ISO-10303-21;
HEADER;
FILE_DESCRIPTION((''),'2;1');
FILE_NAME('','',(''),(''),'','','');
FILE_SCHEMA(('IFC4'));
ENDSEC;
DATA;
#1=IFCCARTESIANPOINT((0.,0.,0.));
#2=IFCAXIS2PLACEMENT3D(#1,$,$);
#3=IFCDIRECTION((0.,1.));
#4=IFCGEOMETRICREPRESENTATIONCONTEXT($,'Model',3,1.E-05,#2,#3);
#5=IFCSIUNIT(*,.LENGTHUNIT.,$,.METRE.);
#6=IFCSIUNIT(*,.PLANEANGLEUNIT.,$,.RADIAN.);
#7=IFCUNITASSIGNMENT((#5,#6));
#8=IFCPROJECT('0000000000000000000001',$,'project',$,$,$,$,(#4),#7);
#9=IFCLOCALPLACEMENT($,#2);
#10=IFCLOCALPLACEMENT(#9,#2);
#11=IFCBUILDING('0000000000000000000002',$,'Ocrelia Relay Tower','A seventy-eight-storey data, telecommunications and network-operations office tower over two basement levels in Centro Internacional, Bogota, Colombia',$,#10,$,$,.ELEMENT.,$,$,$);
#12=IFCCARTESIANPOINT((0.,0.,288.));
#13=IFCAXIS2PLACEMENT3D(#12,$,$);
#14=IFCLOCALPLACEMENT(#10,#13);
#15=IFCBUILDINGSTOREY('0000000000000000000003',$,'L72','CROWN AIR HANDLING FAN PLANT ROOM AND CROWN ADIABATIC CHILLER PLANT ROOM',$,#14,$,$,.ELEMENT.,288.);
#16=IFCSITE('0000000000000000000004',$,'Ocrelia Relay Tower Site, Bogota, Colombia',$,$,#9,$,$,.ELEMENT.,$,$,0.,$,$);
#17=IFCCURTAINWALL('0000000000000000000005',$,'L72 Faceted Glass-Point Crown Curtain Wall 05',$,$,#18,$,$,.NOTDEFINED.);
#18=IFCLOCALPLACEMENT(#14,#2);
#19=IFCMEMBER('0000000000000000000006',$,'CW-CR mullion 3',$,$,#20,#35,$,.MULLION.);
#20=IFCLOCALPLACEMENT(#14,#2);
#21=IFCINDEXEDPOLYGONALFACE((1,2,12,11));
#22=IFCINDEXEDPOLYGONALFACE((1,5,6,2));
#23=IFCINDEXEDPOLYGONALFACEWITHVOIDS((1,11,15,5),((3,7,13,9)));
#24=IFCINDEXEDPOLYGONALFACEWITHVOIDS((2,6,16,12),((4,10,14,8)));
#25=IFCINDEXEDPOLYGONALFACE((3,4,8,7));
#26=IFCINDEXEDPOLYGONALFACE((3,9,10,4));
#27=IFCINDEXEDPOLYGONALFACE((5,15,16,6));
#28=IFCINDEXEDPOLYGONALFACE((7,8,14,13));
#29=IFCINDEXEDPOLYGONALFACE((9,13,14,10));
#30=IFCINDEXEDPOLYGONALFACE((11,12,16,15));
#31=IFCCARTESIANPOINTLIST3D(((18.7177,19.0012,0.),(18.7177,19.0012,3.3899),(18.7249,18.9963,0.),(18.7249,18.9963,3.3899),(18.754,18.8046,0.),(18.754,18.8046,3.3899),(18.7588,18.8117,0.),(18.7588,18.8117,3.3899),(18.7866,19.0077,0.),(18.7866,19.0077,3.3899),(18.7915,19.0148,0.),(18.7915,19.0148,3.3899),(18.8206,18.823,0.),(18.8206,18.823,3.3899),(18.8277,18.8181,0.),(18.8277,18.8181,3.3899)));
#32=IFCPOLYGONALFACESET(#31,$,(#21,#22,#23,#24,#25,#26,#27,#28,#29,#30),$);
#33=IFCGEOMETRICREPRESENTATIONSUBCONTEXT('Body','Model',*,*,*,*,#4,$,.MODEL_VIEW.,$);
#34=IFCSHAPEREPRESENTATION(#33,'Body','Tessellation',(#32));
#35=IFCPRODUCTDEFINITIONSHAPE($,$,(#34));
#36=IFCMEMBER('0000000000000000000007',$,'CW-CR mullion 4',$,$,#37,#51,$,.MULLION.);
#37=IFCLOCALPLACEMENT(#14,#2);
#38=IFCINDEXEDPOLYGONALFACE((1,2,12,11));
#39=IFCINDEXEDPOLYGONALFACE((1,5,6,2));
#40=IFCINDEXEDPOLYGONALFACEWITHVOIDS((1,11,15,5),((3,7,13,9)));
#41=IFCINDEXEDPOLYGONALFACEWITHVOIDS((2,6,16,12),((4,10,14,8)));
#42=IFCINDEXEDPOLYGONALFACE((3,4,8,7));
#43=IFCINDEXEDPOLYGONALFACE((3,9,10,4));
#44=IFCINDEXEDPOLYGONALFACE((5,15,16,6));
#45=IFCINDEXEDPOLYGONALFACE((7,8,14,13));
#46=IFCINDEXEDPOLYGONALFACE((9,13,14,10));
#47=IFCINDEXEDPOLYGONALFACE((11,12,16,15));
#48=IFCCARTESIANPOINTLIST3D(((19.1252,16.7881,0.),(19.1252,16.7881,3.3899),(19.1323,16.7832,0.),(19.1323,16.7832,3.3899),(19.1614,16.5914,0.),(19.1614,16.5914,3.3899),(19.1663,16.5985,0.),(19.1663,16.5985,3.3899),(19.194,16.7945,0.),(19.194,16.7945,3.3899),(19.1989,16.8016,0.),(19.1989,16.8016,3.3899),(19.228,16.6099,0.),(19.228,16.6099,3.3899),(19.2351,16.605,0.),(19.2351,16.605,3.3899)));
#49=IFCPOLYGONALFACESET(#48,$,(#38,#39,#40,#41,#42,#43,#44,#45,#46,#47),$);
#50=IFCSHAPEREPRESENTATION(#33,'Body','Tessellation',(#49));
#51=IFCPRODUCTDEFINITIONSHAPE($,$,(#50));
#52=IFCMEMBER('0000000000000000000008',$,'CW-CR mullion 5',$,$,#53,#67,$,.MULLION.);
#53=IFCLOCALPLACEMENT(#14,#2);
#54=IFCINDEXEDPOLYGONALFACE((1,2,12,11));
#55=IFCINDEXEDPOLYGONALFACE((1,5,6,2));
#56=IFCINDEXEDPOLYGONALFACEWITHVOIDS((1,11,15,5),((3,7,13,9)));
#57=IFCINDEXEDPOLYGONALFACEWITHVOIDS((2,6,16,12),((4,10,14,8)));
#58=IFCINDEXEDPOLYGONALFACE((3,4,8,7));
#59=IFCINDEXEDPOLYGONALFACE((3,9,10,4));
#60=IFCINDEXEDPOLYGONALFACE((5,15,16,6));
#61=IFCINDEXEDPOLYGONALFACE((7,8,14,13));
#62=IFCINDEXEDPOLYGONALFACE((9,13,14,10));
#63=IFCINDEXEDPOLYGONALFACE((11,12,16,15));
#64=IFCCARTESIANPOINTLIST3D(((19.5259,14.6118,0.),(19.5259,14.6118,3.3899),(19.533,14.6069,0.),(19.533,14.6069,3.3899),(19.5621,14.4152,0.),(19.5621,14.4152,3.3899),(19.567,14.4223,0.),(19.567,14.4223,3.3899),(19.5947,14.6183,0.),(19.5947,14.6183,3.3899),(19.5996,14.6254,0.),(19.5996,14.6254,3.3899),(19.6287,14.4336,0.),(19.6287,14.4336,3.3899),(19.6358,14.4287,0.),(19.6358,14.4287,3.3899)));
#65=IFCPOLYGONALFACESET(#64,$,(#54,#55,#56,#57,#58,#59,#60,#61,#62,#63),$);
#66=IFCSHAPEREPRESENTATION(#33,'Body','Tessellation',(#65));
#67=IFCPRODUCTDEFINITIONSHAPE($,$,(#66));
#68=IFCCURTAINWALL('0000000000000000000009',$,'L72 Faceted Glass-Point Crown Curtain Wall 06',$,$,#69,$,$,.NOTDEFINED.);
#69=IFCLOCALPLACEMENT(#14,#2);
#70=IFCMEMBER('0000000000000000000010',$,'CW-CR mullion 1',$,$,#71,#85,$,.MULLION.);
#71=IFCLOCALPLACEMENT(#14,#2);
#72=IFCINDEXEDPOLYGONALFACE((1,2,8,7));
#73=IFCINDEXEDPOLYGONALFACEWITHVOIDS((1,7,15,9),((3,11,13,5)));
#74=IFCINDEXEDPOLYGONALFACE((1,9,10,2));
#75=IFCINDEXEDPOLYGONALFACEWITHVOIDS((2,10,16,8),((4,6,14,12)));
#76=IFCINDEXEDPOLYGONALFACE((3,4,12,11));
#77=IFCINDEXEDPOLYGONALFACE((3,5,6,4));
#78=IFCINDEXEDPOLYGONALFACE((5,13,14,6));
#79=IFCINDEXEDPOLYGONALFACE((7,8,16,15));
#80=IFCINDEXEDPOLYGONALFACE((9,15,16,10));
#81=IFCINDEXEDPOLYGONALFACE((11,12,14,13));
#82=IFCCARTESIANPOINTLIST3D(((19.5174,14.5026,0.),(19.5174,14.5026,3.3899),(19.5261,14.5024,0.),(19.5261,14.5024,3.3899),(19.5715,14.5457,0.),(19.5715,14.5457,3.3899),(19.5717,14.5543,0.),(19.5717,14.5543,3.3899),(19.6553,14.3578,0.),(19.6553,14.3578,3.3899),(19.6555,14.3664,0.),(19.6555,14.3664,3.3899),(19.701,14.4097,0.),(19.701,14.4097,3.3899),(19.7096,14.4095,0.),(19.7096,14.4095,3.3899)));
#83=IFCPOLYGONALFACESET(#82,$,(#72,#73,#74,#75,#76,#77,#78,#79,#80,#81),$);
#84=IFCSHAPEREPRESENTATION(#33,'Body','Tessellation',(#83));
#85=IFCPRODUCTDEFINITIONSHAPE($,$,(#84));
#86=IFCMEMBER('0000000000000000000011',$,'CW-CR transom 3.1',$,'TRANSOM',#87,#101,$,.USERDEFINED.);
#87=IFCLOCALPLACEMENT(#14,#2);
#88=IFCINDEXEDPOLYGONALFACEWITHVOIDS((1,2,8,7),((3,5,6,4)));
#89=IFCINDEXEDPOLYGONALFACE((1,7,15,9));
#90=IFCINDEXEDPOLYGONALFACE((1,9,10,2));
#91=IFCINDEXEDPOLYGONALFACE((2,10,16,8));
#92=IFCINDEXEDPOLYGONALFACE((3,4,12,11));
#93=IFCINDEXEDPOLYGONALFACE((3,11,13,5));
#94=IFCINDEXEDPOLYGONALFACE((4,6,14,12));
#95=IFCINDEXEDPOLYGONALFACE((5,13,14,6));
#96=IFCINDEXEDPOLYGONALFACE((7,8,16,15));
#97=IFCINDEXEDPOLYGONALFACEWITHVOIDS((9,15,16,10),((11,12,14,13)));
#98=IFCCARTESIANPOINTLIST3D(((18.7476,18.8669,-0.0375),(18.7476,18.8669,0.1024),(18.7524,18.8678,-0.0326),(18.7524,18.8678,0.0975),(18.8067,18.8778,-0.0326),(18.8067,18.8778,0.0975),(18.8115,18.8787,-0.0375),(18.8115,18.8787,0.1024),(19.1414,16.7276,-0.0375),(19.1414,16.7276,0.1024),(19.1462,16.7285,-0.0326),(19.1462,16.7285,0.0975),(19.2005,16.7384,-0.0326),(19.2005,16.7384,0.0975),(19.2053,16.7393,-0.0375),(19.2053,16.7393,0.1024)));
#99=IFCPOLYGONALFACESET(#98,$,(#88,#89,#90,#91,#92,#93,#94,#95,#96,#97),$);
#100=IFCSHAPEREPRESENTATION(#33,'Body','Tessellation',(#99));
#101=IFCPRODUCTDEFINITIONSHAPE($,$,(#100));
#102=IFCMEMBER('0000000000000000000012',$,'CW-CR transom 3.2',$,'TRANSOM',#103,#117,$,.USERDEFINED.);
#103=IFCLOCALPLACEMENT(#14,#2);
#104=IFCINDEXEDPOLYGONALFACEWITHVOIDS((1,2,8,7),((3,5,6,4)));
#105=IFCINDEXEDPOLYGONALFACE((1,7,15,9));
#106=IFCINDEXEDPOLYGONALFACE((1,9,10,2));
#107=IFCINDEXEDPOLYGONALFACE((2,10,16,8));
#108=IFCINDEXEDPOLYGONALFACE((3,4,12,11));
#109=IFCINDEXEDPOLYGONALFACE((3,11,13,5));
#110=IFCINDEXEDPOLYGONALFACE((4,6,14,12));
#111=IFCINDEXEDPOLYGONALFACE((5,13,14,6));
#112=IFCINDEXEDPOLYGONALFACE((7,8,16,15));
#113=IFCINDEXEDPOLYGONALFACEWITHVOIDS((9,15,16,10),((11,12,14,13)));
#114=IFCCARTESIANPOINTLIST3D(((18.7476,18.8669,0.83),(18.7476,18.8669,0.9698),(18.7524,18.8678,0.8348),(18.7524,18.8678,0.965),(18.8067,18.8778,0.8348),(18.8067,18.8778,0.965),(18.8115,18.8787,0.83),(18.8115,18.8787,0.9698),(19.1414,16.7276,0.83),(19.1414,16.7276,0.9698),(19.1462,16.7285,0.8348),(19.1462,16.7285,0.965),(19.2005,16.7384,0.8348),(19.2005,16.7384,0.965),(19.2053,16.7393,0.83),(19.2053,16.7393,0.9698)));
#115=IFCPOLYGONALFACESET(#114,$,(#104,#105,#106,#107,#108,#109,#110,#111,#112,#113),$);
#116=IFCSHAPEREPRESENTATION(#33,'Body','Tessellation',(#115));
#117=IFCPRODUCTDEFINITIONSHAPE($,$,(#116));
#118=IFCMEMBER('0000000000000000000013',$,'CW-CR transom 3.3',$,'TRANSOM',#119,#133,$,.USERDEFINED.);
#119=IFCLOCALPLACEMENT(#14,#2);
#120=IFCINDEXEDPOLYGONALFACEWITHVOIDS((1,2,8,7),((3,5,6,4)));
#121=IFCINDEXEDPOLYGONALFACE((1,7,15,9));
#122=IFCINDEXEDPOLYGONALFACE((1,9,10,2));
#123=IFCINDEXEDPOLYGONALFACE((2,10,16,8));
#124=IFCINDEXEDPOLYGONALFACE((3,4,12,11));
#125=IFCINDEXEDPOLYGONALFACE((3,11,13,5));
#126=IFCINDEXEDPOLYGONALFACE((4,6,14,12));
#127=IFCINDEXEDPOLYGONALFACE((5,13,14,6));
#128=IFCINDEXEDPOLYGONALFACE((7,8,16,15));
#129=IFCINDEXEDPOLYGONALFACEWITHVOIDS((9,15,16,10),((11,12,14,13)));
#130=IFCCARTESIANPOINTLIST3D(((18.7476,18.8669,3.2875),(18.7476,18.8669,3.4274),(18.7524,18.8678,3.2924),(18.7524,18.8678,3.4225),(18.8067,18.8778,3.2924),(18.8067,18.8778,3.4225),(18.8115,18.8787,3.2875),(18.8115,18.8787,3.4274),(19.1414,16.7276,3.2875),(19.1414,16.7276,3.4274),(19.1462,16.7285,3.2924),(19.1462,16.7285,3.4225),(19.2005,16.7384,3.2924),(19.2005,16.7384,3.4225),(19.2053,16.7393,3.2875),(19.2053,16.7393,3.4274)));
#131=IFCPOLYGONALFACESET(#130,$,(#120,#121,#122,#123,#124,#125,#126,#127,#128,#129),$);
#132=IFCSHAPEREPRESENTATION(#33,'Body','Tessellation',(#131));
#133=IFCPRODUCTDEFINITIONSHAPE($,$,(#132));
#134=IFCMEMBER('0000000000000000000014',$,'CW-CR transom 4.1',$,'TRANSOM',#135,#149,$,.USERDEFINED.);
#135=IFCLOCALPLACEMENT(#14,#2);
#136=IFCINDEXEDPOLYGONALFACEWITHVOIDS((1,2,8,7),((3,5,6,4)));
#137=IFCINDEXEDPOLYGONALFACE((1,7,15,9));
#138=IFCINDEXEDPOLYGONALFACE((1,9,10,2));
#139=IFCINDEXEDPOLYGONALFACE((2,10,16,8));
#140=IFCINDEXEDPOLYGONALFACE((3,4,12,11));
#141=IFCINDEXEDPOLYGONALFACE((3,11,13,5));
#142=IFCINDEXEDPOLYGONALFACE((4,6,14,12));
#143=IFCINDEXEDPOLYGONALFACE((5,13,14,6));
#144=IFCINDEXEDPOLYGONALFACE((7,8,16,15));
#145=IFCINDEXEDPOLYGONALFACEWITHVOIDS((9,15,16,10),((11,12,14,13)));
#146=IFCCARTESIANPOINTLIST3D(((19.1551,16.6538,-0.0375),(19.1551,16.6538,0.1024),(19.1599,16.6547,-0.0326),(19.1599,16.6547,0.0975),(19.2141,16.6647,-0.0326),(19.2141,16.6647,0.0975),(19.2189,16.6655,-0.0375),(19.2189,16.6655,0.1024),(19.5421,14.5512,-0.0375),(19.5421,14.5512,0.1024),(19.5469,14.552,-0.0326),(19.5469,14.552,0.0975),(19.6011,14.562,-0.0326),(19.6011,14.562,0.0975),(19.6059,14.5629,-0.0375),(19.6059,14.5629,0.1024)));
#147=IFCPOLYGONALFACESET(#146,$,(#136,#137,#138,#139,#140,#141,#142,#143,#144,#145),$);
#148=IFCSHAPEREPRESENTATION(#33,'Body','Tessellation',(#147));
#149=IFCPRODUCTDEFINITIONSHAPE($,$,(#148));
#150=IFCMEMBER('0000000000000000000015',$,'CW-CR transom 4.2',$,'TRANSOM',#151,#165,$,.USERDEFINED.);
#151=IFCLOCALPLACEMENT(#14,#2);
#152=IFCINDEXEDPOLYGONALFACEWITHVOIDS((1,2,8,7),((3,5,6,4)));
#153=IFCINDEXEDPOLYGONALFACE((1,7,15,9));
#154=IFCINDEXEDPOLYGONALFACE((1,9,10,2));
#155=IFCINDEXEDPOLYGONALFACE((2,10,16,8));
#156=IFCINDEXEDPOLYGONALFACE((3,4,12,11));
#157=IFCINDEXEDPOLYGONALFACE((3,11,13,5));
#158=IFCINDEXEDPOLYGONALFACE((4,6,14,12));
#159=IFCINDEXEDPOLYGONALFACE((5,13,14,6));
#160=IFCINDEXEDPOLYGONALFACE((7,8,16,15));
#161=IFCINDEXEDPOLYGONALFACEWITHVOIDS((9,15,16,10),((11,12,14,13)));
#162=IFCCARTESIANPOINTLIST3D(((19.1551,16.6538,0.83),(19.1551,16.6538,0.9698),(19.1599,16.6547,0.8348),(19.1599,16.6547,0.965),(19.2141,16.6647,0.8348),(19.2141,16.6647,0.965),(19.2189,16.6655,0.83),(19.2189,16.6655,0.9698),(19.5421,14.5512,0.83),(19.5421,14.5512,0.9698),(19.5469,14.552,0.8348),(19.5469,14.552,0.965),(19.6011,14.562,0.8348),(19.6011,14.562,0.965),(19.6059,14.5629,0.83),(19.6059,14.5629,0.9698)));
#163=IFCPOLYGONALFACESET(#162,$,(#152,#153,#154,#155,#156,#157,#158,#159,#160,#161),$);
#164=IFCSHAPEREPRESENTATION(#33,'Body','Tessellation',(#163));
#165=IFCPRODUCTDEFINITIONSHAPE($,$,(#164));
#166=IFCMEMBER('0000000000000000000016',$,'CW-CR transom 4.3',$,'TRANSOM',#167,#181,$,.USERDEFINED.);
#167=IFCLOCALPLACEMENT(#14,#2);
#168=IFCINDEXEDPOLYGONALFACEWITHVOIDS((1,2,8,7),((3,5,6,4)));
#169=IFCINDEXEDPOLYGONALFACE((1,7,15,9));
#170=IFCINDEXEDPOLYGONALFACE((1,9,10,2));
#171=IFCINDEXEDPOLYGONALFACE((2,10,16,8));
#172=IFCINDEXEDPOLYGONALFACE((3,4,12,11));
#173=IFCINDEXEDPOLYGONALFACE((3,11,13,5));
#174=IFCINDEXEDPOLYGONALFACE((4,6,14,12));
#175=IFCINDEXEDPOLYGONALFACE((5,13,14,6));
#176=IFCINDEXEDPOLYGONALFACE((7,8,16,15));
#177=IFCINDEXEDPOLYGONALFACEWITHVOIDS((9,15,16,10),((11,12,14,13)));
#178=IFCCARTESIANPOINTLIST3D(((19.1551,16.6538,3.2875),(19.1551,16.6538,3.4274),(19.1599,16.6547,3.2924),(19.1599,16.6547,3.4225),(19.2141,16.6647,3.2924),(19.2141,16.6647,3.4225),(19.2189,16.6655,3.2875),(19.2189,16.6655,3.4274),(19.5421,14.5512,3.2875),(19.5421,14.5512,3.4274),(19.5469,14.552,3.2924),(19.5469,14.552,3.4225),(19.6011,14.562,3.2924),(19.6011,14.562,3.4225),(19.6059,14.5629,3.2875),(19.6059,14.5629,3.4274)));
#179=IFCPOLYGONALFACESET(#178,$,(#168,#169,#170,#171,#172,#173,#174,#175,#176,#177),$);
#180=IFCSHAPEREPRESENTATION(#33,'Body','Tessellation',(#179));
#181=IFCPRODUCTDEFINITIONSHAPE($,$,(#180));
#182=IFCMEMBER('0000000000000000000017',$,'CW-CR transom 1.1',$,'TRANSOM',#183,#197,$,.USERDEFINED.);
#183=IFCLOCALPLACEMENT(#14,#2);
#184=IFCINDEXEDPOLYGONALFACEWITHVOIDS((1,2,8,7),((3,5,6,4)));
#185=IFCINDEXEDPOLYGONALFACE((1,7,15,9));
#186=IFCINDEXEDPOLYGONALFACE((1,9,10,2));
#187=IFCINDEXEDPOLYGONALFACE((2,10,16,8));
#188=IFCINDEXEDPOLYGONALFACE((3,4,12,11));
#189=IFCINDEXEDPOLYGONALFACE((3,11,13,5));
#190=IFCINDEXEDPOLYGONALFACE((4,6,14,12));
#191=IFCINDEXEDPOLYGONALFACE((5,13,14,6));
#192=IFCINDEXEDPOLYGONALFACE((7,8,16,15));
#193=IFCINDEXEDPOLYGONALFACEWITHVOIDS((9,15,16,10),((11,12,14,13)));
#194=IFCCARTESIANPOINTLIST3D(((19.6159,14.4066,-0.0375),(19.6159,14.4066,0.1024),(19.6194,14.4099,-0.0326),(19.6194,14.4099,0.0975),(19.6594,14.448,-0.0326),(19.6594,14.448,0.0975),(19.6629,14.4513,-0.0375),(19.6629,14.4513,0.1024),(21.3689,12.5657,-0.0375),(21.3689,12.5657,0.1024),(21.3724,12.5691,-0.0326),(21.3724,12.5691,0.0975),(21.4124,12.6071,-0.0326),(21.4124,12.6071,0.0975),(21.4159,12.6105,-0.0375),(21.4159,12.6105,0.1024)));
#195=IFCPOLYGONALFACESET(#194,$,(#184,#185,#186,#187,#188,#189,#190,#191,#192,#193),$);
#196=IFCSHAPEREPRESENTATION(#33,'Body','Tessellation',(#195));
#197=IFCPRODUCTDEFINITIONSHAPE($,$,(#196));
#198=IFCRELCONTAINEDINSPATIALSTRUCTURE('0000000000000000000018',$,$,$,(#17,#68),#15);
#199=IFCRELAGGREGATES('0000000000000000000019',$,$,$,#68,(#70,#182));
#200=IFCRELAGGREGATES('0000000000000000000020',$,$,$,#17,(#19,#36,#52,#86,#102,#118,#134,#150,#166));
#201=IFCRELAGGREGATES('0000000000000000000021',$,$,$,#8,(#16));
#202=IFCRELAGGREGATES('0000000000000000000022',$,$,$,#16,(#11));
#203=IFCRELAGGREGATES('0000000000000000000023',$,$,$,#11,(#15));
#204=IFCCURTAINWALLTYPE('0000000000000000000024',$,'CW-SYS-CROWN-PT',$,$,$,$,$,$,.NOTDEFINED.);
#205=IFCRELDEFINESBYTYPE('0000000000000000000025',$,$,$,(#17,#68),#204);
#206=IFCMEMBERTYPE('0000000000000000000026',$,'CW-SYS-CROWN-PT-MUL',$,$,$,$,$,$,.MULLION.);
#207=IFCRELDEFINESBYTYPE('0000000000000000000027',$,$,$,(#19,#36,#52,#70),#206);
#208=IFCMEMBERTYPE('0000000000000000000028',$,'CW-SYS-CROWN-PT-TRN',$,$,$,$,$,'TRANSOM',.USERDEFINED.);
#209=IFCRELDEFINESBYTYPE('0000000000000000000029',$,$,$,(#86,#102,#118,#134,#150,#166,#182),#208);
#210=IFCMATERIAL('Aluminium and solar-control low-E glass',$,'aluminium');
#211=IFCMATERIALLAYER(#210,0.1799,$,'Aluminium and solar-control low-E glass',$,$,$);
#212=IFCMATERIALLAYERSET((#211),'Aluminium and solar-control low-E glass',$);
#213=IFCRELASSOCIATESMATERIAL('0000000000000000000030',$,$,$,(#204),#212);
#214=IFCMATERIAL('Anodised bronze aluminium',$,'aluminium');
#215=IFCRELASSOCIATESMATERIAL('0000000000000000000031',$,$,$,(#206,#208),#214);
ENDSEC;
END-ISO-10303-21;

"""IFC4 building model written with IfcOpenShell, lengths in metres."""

from ifc_helpers import new_model, si_unit, direction, frame, origin, origin_2d, place, context, subcontext, project, spatial, hollow_rectangle, extrude, material, layer, layer_set, material_profile, profile_set, type_object, element, aggregate, save


model = new_model("IFC4")

# Units and contexts
model_context = context("Model", 3, precision=1e-05, world=origin(), true_north=direction((0.0, 1.0)))
body_context = subcontext(model_context, "Body", "Model", "MODEL_VIEW")
ifc_project = project(units=[si_unit("LENGTHUNIT", "METRE"), si_unit("PLANEANGLEUNIT", "RADIAN")], contexts=[model_context])

# Site, building, storey
site_placement = place(None, origin())
site = spatial("IfcSite", under=ifc_project, at=site_placement, Name="Ocrelia Relay Tower Site, Bogota, Colombia", CompositionType="ELEMENT", RefElevation=0.0)
building_placement = place(site_placement, origin())
building = spatial("IfcBuilding", under=site, at=building_placement, Name="Ocrelia Relay Tower", Description="A seventy-eight-storey data, telecommunications and network-operations office tower over two basement levels in Centro Internacional, Bogota, Colombia", CompositionType="ELEMENT")
storey_placement = place(building_placement, frame((0.0, 0.0, 288.0)))
storey = spatial("IfcBuildingStorey", under=building, at=storey_placement, Name="L72", Description="CROWN AIR HANDLING FAN PLANT ROOM AND CROWN ADIABATIC CHILLER PLANT ROOM", CompositionType="ELEMENT", Elevation=288.0)

# Curtain wall, members
ifc_material_1 = material(Name="Aluminium and solar-control low-E glass", Category="aluminium")
ifc_layer_1 = layer(ifc_material_1, 0.1799, Name="Aluminium and solar-control low-E glass")
ifc_layer_set_1 = layer_set([ifc_layer_1], Name="Aluminium and solar-control low-E glass")
curtain_wall_type = type_object("IfcCurtainWallType", Name="CW-SYS-CROWN-PT", PredefinedType="NOTDEFINED", material=ifc_layer_set_1)
curtain_wall_1_placement = place(storey_placement, origin())
curtain_wall_1 = element("IfcCurtainWall", 1, at=curtain_wall_1_placement, inside=storey, type_object=curtain_wall_type, Name="L72 Faceted Glass-Point Crown Curtain Wall 05", PredefinedType="NOTDEFINED")
ifc_material_2 = material(Name="Anodised bronze aluminium", Category="aluminium")
ifc_material_profile_1 = material_profile(ifc_material_2, hollow_rectangle(XDim=0.075, YDim=0.2, WallThickness=0.0061, at=origin_2d()), Name="CW-MUL-200x75")
ifc_profile_set_1 = profile_set([ifc_material_profile_1], Name="Anodised bronze aluminium")
member_type_1 = type_object("IfcMemberType", Name="CW-SYS-CROWN-PT-MUL", PredefinedType="MULLION", material=ifc_profile_set_1)
member_1_placement = place(storey_placement, frame((18.7727, 18.9097, 0.0), z_axis=(0.0, 0.0, 1.0), x_axis=(0.983471, 0.181068, 0.0)))
member_1 = element("IfcMember", 2, at=member_1_placement, type_object=member_type_1, Name="CW-CR mullion 3", PredefinedType="MULLION", context=body_context, shape_type="SweptSolid", body=[
    extrude(hollow_rectangle(XDim=0.075, YDim=0.2, WallThickness=0.0061, at=origin_2d()), origin(), (0.0, 0.0, 1.0), 3.3899),
])
member_2_placement = place(storey_placement, frame((19.1802, 16.6965, 0.0), z_axis=(0.0, 0.0, 1.0), x_axis=(0.983471, 0.181068, 0.0)))
member_2 = element("IfcMember", 3, at=member_2_placement, type_object=member_type_1, Name="CW-CR mullion 4", PredefinedType="MULLION", context=body_context, shape_type="SweptSolid", body=[
    extrude(hollow_rectangle(XDim=0.075, YDim=0.2, WallThickness=0.0061, at=origin_2d()), origin(), (0.0, 0.0, 1.0), 3.3899),
])
member_3_placement = place(storey_placement, frame((19.5808, 14.5203, 0.0), z_axis=(0.0, 0.0, 1.0), x_axis=(0.983471, 0.181068, 0.0)))
member_3 = element("IfcMember", 4, at=member_3_placement, type_object=member_type_1, Name="CW-CR mullion 5", PredefinedType="MULLION", context=body_context, shape_type="SweptSolid", body=[
    extrude(hollow_rectangle(XDim=0.075, YDim=0.2, WallThickness=0.0061, at=origin_2d()), origin(), (0.0, 0.0, 1.0), 3.3899),
])

# Curtain wall, member
curtain_wall_2_placement = place(storey_placement, origin())
curtain_wall_2 = element("IfcCurtainWall", 5, at=curtain_wall_2_placement, inside=storey, type_object=curtain_wall_type, Name="L72 Faceted Glass-Point Crown Curtain Wall 06", PredefinedType="NOTDEFINED")
member_4_placement = place(storey_placement, frame((19.6135, 14.4561, 0.0), z_axis=(0.0, 0.0, 1.0), x_axis=(0.724175, 0.689617, 0.0)))
member_4 = element("IfcMember", 6, at=member_4_placement, type_object=member_type_1, Name="CW-CR mullion 1", PredefinedType="MULLION", context=body_context, shape_type="SweptSolid", body=[
    extrude(hollow_rectangle(XDim=0.075, YDim=0.2, WallThickness=0.0061, at=origin_2d()), origin(), (0.0, 0.0, 1.0), 3.3899),
])

# Members
ifc_material_profile_2 = material_profile(ifc_material_2, hollow_rectangle(XDim=0.0649, YDim=0.1399, WallThickness=0.0049, at=origin_2d()), Name="CW-TRN-140x65")
ifc_profile_set_2 = profile_set([ifc_material_profile_2], Name="Anodised bronze aluminium")
member_type_2 = type_object("IfcMemberType", Name="CW-SYS-CROWN-PT-TRN", ElementType="TRANSOM", PredefinedType="USERDEFINED", material=ifc_profile_set_2)
member_5_placement = place(storey_placement, frame((18.7795, 18.8728, 0.0325), z_axis=(0.181028, -0.983478, 0.0), x_axis=(0.983478, 0.181028, 0.0)))
member_5 = element("IfcMember", 7, at=member_5_placement, type_object=member_type_2, Name="CW-CR transom 3.1", ObjectType="TRANSOM", PredefinedType="USERDEFINED", context=body_context, shape_type="SweptSolid", body=[
    extrude(hollow_rectangle(XDim=0.0649, YDim=0.1399, WallThickness=0.0049, at=origin_2d()), origin(), (0.0, 0.0, 1.0), 2.1753),
])
member_6_placement = place(storey_placement, frame((18.7795, 18.8728, 0.8999), z_axis=(0.181028, -0.983478, 0.0), x_axis=(0.983478, 0.181028, 0.0)))
member_6 = element("IfcMember", 8, at=member_6_placement, type_object=member_type_2, Name="CW-CR transom 3.2", ObjectType="TRANSOM", PredefinedType="USERDEFINED", context=body_context, shape_type="SweptSolid", body=[
    extrude(hollow_rectangle(XDim=0.0649, YDim=0.1399, WallThickness=0.0049, at=origin_2d()), origin(), (0.0, 0.0, 1.0), 2.1753),
])
member_7_placement = place(storey_placement, frame((18.7795, 18.8728, 3.3574), z_axis=(0.181028, -0.983478, 0.0), x_axis=(0.983478, 0.181028, 0.0)))
member_7 = element("IfcMember", 9, at=member_7_placement, type_object=member_type_2, Name="CW-CR transom 3.3", ObjectType="TRANSOM", PredefinedType="USERDEFINED", context=body_context, shape_type="SweptSolid", body=[
    extrude(hollow_rectangle(XDim=0.0649, YDim=0.1399, WallThickness=0.0049, at=origin_2d()), origin(), (0.0, 0.0, 1.0), 2.1753),
])
member_8_placement = place(storey_placement, frame((19.187, 16.6597, 0.0325), z_axis=(0.181005, -0.983482, 0.0), x_axis=(0.983482, 0.181005, 0.0)))
member_8 = element("IfcMember", 10, at=member_8_placement, type_object=member_type_2, Name="CW-CR transom 4.1", ObjectType="TRANSOM", PredefinedType="USERDEFINED", context=body_context, shape_type="SweptSolid", body=[
    extrude(hollow_rectangle(XDim=0.0649, YDim=0.1399, WallThickness=0.0049, at=origin_2d()), origin(), (0.0, 0.0, 1.0), 2.1379),
])
member_9_placement = place(storey_placement, frame((19.187, 16.6597, 0.8999), z_axis=(0.181005, -0.983482, 0.0), x_axis=(0.983482, 0.181005, 0.0)))
member_9 = element("IfcMember", 11, at=member_9_placement, type_object=member_type_2, Name="CW-CR transom 4.2", ObjectType="TRANSOM", PredefinedType="USERDEFINED", context=body_context, shape_type="SweptSolid", body=[
    extrude(hollow_rectangle(XDim=0.0649, YDim=0.1399, WallThickness=0.0049, at=origin_2d()), origin(), (0.0, 0.0, 1.0), 2.1379),
])
member_10_placement = place(storey_placement, frame((19.187, 16.6597, 3.3574), z_axis=(0.181005, -0.983482, 0.0), x_axis=(0.983482, 0.181005, 0.0)))
member_10 = element("IfcMember", 12, at=member_10_placement, type_object=member_type_2, Name="CW-CR transom 4.3", ObjectType="TRANSOM", PredefinedType="USERDEFINED", context=body_context, shape_type="SweptSolid", body=[
    extrude(hollow_rectangle(XDim=0.0649, YDim=0.1399, WallThickness=0.0049, at=origin_2d()), origin(), (0.0, 0.0, 1.0), 2.1379),
])
member_11_placement = place(storey_placement, frame((19.6394, 14.429, 0.0325), z_axis=(0.689607, -0.724184, 0.0), x_axis=(0.724184, 0.689607, 0.0)))
member_11 = element("IfcMember", 13, at=member_11_placement, type_object=member_type_2, Name="CW-CR transom 1.1", ObjectType="TRANSOM", PredefinedType="USERDEFINED", context=body_context, shape_type="SweptSolid", body=[
    extrude(hollow_rectangle(XDim=0.0649, YDim=0.1399, WallThickness=0.0049, at=origin_2d()), origin(), (0.0, 0.0, 1.0), 2.542),
])
aggregate(curtain_wall_2, [member_4, member_11])

aggregate(curtain_wall_1, [member_1, member_2, member_3, member_5, member_6, member_7, member_8, member_9, member_10])

save(model, "model.ifc")
